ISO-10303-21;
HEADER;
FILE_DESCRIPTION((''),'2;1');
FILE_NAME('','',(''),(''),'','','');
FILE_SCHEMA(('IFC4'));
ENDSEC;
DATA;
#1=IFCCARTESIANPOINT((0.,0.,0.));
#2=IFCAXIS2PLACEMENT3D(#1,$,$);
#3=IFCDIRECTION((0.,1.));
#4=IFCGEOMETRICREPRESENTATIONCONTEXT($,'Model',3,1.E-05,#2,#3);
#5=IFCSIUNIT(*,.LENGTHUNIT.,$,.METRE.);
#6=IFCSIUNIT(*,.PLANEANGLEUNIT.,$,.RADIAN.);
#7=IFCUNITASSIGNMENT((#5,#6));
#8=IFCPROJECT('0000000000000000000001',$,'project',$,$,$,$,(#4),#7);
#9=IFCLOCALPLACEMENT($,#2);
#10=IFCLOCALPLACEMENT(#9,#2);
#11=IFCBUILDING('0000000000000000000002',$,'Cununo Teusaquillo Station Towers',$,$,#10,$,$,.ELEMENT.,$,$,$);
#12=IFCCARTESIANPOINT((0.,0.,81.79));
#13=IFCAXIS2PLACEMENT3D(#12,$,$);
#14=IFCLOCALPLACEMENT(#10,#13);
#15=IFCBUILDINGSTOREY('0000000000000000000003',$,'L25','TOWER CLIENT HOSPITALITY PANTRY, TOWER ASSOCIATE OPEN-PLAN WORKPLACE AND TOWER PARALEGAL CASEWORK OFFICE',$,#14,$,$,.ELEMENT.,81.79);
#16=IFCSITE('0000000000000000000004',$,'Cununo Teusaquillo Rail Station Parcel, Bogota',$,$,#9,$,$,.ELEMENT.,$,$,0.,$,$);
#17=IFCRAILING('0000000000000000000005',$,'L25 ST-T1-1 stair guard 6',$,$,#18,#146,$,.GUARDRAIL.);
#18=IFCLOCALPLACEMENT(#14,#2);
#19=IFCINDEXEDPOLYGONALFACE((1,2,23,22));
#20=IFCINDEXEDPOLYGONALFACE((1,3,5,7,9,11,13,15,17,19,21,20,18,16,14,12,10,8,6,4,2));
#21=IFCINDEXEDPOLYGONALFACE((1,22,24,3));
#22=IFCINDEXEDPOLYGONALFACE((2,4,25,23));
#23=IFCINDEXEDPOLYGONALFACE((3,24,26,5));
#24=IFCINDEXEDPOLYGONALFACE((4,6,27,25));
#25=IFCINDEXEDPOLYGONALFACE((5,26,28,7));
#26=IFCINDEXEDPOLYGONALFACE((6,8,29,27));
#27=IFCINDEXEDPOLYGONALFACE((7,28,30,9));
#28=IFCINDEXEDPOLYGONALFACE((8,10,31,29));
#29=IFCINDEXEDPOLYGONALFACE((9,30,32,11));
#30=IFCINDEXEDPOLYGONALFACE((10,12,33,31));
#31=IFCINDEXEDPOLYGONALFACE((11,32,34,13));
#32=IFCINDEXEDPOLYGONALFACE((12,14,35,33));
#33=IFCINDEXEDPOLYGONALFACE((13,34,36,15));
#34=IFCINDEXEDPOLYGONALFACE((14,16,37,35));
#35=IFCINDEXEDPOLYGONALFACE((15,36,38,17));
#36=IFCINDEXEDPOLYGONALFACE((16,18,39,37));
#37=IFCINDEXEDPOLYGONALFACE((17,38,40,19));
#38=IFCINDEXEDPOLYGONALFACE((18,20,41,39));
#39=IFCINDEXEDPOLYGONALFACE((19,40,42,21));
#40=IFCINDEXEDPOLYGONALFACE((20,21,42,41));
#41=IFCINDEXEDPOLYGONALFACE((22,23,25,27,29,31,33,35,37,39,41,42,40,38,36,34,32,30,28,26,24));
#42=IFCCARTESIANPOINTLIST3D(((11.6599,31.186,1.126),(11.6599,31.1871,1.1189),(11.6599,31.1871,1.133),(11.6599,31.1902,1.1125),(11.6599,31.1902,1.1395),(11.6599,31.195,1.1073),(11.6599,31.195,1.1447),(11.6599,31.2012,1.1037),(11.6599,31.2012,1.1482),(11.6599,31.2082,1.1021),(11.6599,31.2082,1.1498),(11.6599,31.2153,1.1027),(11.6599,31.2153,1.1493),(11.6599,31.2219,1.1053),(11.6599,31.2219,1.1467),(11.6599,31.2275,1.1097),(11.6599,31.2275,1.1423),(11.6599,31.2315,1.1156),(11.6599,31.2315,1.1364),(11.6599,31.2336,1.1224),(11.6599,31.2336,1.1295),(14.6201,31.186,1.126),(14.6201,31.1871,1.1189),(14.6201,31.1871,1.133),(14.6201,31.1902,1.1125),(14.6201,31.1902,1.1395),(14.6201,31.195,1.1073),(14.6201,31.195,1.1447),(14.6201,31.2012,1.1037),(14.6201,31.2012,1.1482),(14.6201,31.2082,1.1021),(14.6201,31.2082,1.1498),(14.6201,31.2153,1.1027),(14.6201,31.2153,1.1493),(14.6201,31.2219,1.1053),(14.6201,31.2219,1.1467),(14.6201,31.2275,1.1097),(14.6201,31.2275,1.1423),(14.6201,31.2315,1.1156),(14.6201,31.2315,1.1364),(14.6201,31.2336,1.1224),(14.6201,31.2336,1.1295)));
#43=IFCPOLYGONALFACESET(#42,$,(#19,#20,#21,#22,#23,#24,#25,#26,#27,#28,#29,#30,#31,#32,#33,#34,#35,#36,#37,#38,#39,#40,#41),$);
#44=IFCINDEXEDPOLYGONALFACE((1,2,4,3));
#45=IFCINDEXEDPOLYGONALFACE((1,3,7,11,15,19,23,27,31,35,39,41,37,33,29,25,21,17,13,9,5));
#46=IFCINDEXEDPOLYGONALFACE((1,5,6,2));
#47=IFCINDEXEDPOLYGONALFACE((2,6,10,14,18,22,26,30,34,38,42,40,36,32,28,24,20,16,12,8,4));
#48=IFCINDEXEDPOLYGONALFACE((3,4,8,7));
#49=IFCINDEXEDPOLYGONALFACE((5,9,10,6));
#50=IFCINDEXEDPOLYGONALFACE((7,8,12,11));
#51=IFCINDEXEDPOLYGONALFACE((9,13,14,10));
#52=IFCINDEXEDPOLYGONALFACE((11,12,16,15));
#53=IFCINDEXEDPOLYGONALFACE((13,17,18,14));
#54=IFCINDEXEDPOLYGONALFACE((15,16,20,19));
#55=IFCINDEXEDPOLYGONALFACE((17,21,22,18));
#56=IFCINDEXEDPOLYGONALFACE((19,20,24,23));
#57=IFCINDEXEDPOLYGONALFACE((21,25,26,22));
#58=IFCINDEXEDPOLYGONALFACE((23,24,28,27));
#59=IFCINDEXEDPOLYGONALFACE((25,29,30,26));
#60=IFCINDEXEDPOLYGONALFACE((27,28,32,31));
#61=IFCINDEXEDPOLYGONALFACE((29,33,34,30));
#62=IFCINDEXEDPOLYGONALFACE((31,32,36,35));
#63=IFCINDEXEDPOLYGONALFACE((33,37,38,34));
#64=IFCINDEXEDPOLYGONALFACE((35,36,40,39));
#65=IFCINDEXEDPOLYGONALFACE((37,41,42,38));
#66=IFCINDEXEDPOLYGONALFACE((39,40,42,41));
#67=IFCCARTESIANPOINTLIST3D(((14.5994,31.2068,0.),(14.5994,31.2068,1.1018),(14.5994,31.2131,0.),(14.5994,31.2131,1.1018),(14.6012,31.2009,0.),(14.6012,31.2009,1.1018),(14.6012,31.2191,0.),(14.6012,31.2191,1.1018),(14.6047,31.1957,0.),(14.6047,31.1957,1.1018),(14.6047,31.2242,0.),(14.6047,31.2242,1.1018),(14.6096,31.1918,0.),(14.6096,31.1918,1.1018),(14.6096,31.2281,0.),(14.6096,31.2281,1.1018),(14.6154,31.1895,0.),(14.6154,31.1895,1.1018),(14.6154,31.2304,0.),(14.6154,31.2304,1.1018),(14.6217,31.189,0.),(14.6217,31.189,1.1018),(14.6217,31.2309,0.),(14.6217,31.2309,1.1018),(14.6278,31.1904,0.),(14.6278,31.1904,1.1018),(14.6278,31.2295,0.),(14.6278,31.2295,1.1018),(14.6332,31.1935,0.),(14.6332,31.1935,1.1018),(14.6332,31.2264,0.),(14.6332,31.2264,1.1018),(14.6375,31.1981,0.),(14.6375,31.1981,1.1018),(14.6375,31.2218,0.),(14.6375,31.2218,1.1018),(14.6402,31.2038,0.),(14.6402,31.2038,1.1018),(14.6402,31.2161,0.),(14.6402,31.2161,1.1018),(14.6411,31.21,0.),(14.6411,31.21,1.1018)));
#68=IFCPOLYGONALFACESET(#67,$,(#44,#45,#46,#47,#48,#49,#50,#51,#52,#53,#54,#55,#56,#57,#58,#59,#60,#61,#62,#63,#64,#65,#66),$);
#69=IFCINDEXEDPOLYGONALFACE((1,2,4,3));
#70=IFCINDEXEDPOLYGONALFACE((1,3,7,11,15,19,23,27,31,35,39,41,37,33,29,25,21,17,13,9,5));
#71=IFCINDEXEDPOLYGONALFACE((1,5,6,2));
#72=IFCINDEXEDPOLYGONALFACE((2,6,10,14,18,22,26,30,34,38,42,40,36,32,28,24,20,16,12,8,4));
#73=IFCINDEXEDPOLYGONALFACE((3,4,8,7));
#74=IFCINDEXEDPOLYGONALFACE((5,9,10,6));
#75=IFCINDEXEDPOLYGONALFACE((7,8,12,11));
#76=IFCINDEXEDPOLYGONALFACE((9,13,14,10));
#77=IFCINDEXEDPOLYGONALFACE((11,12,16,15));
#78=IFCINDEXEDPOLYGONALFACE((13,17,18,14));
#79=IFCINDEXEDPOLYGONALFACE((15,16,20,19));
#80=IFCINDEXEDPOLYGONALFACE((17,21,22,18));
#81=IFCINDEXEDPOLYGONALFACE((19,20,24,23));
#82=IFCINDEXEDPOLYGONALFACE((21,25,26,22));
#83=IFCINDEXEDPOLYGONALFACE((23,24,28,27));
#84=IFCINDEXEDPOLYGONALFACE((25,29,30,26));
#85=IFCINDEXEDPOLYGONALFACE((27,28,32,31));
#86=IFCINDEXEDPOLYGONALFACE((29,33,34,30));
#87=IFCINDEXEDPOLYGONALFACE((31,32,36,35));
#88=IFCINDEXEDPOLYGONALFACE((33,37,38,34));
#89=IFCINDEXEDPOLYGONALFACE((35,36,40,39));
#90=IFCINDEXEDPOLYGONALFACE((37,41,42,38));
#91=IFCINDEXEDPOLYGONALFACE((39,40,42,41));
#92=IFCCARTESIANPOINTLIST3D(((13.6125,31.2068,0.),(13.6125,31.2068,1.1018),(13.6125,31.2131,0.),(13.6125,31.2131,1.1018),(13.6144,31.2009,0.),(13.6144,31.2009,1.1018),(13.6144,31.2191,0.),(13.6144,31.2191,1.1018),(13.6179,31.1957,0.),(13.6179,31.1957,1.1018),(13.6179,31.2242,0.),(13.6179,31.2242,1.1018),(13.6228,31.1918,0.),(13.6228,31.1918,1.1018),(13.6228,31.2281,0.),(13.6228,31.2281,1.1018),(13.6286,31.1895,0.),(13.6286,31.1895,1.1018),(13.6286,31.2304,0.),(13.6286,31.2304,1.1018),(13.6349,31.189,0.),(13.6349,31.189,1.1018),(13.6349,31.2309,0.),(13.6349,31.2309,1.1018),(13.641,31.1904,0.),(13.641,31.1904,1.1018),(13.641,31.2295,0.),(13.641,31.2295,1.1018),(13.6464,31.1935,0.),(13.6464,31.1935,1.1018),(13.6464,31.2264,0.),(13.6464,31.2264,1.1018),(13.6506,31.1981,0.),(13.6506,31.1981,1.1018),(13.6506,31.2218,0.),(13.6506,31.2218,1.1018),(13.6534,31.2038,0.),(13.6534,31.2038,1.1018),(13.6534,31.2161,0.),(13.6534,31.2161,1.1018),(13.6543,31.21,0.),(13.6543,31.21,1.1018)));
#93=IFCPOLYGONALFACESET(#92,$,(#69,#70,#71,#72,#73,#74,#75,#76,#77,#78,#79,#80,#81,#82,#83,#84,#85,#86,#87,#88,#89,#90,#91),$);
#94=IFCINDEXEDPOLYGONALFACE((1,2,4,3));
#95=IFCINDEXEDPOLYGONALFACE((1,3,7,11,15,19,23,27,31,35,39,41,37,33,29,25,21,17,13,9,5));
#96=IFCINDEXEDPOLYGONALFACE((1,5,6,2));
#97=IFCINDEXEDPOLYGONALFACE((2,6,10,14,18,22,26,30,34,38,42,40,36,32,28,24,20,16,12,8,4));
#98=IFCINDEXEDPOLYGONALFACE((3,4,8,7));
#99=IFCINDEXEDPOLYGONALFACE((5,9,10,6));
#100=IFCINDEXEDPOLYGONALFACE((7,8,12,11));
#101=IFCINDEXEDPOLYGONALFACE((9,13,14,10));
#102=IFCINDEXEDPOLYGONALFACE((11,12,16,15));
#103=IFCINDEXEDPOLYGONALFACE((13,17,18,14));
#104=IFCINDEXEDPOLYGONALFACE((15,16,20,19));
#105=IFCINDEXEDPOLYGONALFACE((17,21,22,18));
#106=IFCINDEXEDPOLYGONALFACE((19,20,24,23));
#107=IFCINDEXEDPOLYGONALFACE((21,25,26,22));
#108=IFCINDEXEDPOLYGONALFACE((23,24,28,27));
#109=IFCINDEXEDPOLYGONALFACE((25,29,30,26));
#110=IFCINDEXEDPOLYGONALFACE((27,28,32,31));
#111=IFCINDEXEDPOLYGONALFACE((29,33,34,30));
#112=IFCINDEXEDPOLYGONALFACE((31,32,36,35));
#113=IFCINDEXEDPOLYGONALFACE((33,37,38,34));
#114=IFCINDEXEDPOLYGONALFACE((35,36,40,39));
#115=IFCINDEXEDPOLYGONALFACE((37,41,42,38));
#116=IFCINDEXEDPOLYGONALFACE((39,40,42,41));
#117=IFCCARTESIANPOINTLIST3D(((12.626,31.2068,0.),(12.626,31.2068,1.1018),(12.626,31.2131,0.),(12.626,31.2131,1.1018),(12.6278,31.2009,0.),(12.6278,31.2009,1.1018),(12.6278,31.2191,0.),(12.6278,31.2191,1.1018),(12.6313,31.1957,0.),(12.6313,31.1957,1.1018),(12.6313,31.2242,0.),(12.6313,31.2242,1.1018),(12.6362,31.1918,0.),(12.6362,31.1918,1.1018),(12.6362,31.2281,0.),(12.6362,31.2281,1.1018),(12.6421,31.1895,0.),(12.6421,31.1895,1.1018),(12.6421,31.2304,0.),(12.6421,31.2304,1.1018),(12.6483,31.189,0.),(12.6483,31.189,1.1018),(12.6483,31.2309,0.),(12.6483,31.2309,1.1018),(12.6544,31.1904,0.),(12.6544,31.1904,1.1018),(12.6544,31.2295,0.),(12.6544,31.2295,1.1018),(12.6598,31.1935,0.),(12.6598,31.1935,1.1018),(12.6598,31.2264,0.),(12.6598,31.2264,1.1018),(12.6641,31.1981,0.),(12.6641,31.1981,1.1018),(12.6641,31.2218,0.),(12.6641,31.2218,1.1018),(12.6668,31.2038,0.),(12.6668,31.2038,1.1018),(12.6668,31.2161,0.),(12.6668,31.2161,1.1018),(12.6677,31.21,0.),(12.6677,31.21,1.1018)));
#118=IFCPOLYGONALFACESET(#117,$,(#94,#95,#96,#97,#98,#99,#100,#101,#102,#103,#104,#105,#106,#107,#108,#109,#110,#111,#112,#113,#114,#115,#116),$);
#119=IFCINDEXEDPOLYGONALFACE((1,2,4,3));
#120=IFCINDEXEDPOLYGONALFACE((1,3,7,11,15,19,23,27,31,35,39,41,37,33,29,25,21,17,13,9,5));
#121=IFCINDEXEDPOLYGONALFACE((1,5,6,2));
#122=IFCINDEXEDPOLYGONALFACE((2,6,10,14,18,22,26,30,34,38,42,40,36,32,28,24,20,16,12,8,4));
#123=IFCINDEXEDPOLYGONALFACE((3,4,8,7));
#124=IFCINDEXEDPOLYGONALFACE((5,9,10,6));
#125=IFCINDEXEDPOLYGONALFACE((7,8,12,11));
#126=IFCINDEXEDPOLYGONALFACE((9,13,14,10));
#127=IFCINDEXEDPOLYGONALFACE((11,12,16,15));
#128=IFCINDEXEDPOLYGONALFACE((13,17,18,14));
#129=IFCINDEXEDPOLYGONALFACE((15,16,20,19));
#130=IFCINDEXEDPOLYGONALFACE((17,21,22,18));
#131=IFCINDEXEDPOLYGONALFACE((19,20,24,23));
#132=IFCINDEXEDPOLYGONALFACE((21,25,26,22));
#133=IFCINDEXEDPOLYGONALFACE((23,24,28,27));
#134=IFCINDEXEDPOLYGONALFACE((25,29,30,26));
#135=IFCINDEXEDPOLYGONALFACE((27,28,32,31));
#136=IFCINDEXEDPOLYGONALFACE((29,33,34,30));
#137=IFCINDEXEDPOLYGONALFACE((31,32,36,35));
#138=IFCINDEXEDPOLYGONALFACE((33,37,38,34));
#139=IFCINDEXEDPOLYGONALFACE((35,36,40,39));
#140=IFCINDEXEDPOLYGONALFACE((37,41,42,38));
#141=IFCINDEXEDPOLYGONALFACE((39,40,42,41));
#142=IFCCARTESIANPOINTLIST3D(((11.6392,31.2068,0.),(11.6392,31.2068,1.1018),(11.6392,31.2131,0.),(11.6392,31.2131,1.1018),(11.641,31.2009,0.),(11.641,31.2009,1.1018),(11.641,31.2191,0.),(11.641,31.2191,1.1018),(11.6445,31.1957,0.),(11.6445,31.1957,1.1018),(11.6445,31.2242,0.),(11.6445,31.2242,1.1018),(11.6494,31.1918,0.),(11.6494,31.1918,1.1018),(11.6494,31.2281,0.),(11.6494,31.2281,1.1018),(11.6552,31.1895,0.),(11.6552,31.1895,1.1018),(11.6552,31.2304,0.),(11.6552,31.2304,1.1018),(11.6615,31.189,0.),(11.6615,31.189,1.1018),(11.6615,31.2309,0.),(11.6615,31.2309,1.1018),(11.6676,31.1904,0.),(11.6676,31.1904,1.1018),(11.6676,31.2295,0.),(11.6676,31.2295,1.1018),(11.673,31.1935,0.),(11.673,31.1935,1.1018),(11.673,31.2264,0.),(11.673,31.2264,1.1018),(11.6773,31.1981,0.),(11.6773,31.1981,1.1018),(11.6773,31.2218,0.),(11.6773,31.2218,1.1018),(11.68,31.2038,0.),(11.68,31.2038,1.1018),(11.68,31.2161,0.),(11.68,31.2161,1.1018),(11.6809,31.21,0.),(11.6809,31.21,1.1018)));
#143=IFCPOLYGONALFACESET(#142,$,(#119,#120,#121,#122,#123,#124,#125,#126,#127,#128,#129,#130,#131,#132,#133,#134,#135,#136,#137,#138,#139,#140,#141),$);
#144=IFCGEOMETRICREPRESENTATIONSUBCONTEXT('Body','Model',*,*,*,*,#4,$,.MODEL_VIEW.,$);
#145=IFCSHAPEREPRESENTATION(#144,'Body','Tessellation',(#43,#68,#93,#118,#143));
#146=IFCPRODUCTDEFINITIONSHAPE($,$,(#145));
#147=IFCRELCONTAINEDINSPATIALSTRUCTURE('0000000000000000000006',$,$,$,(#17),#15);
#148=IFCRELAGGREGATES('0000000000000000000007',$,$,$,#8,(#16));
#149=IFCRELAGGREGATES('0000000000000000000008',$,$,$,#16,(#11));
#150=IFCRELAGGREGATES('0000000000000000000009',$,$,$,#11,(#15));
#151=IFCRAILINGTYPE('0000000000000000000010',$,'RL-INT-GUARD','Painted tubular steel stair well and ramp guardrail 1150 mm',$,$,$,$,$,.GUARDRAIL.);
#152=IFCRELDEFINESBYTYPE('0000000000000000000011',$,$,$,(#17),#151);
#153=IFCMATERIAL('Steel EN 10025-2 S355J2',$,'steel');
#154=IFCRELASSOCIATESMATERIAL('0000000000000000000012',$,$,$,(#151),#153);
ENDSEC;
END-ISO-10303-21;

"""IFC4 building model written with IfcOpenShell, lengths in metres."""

from ifc_helpers import new_model, si_unit, direction, frame, origin, origin_2d, place, context, subcontext, project, spatial, circle, extrude, material, type_object, element, save


model = new_model("IFC4")

# Units and contexts
model_context = context("Model", 3, precision=1e-05, world=origin(), true_north=direction((0.0, 1.0)))
body_context = subcontext(model_context, "Body", "Model", "MODEL_VIEW")
ifc_project = project(units=[si_unit("LENGTHUNIT", "METRE"), si_unit("PLANEANGLEUNIT", "RADIAN")], contexts=[model_context])

# Site, building, storey
site_placement = place(None, origin())
site = spatial("IfcSite", under=ifc_project, at=site_placement, Name="Cununo Teusaquillo Rail Station Parcel, Bogota", CompositionType="ELEMENT", RefElevation=0.0)
building_placement = place(site_placement, origin())
building = spatial("IfcBuilding", under=site, at=building_placement, Name="Cununo Teusaquillo Station Towers", CompositionType="ELEMENT")
storey_placement = place(building_placement, frame((0.0, 0.0, 81.79)))
storey = spatial("IfcBuildingStorey", under=building, at=storey_placement, Name="L25", Description="TOWER CLIENT HOSPITALITY PANTRY, TOWER ASSOCIATE OPEN-PLAN WORKPLACE AND TOWER PARALEGAL CASEWORK OFFICE", CompositionType="ELEMENT", Elevation=81.79)

# Railing
ifc_material_1 = material(Name="Steel EN 10025-2 S355J2", Category="steel")
railing_type_1 = type_object("IfcRailingType", Name="RL-INT-GUARD", Description="Painted tubular steel stair well and ramp guardrail 1150 mm", PredefinedType="GUARDRAIL", material=ifc_material_1)
railing_1_placement = place(storey_placement, frame((14.6201, 31.21, 0.0)))
element("IfcRailing", 1, at=railing_1_placement, inside=storey, type_object=railing_type_1, Name="L25 ST-T1-1 stair guard 6", PredefinedType="GUARDRAIL", context=body_context, shape_type="SweptSolid", body=[
    extrude(circle(Radius=0.0239, at=origin_2d()), frame((0.0, 0.0, 1.126), z_axis=(-1.0, 0.0, 0.0), x_axis=(0.0, -1.0, 0.0)), (0.0, 0.0, 1.0), 2.9602),
    extrude(circle(Radius=0.021, at=origin_2d()), origin(), (0.0, 0.0, 1.0), 1.1018),
    extrude(circle(Radius=0.021, at=origin_2d()), frame((-0.9868, 0.0, 0.0)), (0.0, 0.0, 1.0), 1.1018),
    extrude(circle(Radius=0.021, at=origin_2d()), frame((-1.9734, 0.0, 0.0)), (0.0, 0.0, 1.0), 1.1018),
    extrude(circle(Radius=0.021, at=origin_2d()), frame((-2.9602, 0.0, 0.0)), (0.0, 0.0, 1.0), 1.1018),
])

save(model, "model.ifc")
